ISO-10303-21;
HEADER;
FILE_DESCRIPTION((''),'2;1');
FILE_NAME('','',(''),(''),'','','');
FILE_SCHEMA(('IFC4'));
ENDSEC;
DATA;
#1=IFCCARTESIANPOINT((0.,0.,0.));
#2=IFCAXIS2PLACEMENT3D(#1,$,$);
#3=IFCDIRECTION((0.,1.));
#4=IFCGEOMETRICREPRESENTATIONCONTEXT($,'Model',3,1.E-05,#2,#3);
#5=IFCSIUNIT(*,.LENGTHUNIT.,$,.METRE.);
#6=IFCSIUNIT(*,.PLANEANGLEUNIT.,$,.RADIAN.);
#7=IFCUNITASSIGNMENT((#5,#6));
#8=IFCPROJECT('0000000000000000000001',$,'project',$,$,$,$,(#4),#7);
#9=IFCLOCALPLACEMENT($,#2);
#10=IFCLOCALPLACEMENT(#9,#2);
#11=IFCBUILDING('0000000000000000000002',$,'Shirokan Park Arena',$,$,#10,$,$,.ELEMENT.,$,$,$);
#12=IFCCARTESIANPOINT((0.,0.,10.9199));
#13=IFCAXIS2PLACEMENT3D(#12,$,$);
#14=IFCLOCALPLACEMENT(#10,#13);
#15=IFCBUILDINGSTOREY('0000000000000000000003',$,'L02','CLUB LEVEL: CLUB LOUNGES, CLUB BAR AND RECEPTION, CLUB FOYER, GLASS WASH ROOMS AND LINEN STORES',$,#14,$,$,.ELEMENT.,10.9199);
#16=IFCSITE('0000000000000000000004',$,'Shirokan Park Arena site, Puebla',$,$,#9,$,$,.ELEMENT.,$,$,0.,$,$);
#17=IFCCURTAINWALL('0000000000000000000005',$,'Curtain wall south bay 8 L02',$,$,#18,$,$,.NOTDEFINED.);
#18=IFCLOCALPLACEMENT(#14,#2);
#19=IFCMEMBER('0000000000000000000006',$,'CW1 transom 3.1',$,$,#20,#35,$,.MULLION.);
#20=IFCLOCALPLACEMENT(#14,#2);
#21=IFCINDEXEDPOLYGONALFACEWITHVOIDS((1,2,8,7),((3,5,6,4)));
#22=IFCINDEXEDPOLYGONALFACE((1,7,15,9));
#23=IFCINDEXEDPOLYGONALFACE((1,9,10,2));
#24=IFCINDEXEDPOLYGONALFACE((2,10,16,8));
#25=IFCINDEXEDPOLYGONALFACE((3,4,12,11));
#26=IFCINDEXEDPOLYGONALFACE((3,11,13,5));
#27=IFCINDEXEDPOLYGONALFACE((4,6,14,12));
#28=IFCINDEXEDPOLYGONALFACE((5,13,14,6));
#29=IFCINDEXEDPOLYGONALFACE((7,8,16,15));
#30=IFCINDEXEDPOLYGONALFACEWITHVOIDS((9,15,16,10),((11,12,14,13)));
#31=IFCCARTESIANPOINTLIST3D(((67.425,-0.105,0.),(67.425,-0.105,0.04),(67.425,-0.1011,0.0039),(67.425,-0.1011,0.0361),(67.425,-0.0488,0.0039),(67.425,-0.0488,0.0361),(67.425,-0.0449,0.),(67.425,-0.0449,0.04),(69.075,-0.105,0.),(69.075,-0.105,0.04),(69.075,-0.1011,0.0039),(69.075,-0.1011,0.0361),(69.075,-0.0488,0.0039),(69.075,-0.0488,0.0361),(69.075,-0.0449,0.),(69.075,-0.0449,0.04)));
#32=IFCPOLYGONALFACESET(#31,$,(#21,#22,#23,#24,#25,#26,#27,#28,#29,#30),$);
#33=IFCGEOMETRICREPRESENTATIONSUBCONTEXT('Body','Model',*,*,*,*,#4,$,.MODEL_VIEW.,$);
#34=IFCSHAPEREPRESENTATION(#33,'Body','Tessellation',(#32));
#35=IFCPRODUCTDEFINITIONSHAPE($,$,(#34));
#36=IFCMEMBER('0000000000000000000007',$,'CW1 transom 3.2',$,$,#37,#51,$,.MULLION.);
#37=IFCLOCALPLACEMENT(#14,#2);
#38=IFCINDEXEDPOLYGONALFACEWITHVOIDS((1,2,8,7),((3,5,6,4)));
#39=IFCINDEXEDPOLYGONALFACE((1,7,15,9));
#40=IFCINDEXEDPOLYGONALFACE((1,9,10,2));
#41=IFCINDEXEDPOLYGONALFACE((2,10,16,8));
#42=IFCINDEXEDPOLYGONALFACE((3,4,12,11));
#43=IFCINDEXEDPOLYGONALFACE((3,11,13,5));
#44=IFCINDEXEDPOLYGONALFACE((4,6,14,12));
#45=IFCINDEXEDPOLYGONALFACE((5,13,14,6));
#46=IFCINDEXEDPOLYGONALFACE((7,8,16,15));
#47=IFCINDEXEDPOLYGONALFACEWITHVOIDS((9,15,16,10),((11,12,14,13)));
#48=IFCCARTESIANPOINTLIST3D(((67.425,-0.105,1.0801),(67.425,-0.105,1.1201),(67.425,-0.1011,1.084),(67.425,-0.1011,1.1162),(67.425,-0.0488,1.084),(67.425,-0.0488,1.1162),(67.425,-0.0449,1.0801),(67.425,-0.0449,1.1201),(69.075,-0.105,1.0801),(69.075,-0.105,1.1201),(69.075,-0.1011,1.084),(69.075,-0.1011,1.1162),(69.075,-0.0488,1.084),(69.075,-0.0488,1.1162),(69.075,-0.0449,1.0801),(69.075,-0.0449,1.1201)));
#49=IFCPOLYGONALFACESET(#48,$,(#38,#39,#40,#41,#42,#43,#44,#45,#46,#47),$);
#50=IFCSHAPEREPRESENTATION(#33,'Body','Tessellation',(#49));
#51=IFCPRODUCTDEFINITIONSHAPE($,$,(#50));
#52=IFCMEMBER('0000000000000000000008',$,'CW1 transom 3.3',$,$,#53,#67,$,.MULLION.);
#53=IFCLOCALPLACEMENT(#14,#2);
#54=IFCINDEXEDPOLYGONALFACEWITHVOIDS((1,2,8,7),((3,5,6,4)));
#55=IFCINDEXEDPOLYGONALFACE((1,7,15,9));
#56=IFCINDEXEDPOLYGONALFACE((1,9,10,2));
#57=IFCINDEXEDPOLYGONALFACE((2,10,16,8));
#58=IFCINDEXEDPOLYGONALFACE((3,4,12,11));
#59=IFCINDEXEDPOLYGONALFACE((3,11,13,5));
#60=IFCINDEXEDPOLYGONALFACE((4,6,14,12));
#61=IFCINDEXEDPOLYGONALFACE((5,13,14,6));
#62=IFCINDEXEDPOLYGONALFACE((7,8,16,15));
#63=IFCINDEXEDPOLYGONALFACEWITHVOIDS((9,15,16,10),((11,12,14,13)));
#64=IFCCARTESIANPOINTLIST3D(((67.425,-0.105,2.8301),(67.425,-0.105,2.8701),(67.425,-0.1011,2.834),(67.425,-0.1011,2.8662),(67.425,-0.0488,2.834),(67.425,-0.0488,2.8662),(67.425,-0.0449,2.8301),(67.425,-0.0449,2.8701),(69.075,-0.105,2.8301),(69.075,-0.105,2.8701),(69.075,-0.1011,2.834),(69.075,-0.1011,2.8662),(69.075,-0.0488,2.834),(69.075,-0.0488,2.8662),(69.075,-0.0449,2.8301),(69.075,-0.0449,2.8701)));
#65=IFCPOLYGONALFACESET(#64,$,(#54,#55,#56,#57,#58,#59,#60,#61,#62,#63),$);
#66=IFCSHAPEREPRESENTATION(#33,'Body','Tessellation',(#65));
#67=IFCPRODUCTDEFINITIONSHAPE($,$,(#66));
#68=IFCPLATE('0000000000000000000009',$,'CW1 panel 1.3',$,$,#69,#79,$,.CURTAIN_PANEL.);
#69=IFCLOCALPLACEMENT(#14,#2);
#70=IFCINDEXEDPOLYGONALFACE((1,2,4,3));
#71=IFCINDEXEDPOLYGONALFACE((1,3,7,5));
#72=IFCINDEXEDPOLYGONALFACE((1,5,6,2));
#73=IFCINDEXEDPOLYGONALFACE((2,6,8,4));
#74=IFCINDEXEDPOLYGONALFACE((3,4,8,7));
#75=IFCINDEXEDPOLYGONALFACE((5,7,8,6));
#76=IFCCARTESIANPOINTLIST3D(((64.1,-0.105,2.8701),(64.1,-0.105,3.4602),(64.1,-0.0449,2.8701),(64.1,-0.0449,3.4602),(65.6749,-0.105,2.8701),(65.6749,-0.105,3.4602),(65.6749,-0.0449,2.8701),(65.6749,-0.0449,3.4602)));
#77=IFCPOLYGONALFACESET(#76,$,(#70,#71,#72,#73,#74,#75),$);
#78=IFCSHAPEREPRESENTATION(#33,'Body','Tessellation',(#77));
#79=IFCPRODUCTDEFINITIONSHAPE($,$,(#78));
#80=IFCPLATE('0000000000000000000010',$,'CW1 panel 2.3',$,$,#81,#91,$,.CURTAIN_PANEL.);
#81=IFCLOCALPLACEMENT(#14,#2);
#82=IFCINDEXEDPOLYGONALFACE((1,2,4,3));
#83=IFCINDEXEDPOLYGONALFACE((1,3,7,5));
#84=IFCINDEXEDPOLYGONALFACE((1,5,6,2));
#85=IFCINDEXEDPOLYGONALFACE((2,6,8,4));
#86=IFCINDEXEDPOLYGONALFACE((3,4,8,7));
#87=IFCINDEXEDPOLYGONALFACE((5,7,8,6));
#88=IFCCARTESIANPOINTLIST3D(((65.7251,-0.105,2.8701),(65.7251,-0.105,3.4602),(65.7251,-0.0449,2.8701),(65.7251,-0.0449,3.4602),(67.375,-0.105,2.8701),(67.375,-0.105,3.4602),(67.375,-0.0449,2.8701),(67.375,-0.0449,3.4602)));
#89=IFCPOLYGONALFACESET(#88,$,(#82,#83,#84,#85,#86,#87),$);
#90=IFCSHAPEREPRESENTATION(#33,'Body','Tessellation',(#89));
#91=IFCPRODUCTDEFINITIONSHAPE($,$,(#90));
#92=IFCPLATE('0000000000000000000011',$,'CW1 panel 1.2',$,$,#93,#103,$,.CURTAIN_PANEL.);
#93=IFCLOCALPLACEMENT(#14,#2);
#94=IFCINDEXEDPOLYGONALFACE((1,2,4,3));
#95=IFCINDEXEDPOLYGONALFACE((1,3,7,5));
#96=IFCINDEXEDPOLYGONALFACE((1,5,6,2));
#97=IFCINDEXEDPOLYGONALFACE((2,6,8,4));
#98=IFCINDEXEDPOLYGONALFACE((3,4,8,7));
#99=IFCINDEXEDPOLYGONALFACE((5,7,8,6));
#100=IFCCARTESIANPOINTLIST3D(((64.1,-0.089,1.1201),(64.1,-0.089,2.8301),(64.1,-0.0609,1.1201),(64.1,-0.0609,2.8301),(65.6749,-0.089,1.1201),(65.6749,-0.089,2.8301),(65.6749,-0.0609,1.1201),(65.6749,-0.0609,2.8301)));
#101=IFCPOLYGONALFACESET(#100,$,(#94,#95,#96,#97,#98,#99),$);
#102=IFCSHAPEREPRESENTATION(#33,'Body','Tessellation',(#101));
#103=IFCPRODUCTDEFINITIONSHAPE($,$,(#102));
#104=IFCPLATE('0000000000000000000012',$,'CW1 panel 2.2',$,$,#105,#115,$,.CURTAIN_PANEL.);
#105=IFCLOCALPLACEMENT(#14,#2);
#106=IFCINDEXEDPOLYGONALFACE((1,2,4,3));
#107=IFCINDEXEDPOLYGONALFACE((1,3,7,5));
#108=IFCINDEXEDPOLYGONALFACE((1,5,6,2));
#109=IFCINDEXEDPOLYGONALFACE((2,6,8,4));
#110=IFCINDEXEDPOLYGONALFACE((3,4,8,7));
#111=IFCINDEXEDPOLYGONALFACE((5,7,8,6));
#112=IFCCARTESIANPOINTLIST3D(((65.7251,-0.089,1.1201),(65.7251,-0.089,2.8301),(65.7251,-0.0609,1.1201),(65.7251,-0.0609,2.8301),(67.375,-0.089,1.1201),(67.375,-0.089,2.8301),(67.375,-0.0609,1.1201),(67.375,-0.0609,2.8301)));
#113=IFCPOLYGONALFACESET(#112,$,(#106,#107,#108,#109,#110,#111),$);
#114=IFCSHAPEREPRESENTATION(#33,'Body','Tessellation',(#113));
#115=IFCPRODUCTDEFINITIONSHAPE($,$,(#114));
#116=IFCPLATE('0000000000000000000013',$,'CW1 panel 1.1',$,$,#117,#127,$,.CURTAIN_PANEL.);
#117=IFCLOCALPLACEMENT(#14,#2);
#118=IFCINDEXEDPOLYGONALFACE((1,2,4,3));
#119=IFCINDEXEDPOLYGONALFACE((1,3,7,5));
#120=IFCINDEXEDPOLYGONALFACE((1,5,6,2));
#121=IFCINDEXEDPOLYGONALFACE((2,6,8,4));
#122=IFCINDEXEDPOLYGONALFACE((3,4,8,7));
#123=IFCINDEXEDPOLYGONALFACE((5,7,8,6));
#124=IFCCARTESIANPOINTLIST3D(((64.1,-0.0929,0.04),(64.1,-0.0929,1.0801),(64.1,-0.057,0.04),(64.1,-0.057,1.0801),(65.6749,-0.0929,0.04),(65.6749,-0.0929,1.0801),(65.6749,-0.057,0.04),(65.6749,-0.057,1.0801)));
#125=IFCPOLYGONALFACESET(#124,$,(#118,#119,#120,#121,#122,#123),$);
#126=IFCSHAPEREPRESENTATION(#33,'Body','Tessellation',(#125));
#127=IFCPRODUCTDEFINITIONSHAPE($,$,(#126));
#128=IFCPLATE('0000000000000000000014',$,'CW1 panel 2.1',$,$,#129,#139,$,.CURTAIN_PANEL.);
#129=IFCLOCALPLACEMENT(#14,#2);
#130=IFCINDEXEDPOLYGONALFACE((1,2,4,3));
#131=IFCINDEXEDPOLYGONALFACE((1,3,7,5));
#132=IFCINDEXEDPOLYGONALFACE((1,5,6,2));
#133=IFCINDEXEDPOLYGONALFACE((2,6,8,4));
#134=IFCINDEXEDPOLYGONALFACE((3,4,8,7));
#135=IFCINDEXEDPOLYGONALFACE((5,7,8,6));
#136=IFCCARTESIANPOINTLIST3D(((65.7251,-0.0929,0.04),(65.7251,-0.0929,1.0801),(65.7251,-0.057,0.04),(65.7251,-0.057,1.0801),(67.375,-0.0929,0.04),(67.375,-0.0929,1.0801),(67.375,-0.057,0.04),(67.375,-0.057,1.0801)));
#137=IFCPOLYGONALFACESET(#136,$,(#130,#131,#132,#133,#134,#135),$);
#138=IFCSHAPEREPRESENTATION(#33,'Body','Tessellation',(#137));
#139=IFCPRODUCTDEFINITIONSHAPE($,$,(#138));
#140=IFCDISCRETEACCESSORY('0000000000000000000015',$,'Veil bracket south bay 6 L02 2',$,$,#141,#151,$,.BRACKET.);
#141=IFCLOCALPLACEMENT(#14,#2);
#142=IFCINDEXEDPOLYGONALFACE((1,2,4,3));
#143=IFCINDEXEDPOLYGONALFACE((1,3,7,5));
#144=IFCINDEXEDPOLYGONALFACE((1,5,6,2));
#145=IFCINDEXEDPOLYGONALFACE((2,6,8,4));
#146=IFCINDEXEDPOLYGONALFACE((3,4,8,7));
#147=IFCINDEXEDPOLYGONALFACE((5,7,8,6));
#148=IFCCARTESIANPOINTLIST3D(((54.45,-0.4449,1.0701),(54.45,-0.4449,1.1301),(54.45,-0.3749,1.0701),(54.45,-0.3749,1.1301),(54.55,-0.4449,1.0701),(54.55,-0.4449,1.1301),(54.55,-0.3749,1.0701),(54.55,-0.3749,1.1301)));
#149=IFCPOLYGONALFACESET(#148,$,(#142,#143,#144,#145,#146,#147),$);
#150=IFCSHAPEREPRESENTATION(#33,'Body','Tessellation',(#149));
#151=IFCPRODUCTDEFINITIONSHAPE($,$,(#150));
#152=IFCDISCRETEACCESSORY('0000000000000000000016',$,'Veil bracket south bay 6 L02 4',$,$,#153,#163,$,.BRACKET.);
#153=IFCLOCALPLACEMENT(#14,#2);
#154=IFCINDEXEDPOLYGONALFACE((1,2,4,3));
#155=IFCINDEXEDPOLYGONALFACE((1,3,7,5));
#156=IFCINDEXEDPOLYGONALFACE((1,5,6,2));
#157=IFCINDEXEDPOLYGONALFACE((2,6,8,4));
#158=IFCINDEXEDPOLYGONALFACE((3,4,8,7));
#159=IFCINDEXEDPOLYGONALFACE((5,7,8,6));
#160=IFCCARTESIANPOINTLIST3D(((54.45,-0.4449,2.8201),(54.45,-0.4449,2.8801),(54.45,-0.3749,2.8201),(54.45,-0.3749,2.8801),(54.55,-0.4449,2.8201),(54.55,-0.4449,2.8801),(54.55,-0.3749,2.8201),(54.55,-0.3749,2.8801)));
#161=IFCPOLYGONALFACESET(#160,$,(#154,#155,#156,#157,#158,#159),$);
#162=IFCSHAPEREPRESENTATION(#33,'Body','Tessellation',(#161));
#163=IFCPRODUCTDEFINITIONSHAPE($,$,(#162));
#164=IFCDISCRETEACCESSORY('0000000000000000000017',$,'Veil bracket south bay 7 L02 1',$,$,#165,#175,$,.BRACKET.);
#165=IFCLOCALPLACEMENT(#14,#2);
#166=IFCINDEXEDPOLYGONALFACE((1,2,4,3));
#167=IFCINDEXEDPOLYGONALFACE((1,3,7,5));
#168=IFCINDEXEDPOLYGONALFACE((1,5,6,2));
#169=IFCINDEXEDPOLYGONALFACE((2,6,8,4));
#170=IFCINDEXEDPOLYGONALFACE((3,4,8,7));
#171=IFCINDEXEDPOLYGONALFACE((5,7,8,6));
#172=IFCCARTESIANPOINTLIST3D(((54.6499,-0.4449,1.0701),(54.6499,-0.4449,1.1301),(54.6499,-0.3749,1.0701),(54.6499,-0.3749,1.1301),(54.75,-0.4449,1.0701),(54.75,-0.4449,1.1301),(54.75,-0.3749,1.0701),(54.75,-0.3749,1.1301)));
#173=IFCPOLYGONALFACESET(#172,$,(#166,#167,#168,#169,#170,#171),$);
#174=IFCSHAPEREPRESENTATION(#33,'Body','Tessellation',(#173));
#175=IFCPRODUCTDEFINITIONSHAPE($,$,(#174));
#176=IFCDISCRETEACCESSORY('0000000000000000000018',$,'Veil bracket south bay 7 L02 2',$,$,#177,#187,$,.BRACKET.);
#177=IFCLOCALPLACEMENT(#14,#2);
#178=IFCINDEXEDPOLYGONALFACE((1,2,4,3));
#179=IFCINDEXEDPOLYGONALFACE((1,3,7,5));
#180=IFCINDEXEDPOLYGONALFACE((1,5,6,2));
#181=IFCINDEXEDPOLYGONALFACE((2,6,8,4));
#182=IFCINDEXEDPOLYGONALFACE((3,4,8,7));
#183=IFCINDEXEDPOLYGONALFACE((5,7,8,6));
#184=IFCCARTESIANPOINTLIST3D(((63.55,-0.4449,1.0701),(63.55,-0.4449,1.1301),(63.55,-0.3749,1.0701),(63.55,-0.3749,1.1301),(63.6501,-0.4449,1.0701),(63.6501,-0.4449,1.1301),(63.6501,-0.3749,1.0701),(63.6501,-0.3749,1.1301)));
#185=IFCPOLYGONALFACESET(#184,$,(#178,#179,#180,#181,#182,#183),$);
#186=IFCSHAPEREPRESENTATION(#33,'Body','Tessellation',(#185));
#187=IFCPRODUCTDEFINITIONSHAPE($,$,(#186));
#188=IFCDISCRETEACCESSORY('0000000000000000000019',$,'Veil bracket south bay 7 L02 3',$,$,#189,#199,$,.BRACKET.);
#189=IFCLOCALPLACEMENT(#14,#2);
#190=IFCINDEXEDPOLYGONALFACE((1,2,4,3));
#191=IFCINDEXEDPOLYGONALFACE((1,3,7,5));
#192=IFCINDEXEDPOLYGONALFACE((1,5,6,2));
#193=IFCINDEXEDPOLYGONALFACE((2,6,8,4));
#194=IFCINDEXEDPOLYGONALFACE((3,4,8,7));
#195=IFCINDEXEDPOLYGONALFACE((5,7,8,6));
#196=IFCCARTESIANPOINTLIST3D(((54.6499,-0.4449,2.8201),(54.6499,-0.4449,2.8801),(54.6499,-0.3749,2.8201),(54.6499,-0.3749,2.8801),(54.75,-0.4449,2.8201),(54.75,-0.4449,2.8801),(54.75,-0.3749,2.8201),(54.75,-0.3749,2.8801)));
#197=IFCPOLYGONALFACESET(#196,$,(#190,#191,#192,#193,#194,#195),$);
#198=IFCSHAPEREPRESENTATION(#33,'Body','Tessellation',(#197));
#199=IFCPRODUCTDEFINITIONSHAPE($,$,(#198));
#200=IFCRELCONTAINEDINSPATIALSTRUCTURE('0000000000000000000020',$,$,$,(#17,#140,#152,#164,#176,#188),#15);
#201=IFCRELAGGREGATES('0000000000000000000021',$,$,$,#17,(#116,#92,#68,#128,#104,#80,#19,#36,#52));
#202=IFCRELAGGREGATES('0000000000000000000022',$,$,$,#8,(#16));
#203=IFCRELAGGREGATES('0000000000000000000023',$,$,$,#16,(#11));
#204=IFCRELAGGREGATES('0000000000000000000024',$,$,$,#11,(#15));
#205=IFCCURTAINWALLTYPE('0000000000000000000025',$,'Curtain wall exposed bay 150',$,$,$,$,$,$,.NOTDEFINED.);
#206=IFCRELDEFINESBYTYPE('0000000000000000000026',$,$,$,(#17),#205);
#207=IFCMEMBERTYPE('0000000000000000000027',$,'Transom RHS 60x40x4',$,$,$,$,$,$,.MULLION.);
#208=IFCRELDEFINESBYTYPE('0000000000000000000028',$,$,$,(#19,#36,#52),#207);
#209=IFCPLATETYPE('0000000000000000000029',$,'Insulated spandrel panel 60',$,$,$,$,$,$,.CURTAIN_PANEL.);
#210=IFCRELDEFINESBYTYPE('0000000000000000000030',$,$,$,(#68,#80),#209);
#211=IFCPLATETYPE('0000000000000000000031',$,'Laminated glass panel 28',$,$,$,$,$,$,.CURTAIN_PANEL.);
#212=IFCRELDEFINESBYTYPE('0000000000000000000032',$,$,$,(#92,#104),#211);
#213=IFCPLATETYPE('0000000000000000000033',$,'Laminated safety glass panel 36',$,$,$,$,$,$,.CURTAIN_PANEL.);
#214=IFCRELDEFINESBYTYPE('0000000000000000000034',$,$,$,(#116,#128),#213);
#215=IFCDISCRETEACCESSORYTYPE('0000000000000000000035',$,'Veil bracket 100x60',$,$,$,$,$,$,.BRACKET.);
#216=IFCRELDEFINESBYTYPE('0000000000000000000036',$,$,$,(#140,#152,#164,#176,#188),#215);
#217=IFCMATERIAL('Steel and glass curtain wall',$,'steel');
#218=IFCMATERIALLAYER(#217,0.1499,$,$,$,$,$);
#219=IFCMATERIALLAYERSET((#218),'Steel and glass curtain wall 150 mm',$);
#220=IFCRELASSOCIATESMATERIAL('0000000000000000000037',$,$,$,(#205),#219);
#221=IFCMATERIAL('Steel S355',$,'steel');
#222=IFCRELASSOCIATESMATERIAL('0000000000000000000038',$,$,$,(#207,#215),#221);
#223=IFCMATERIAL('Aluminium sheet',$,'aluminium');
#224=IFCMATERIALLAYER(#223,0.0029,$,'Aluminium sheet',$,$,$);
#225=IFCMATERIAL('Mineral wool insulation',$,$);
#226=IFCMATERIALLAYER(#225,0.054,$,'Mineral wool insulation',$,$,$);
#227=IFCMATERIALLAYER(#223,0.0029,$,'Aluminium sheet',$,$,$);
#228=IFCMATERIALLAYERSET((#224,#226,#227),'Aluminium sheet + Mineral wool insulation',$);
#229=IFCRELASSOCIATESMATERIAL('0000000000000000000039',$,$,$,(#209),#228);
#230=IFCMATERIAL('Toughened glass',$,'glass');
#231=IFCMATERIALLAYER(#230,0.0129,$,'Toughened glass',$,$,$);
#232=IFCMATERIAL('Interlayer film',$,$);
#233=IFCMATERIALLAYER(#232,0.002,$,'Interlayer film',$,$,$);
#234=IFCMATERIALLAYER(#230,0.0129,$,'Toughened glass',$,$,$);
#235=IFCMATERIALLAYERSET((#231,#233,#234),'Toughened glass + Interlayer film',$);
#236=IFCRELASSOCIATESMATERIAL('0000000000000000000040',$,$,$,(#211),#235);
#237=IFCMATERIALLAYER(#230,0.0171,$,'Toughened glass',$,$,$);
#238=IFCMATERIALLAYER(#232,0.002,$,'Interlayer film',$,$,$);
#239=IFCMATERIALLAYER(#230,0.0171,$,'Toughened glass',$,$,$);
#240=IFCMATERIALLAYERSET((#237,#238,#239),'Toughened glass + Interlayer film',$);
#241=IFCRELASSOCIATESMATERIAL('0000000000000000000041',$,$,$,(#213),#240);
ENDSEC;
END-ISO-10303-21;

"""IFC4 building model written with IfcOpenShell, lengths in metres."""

from ifc_helpers import new_model, si_unit, direction, frame, origin, origin_2d, place, context, subcontext, project, spatial, rectangle, hollow_rectangle, extrude, material, layer, layer_set, material_profile, profile_set, type_object, element, aggregate, save


model = new_model("IFC4")

# Units and contexts
model_context = context("Model", 3, precision=1e-05, world=origin(), true_north=direction((0.0, 1.0)))
body_context = subcontext(model_context, "Body", "Model", "MODEL_VIEW")
ifc_project = project(units=[si_unit("LENGTHUNIT", "METRE"), si_unit("PLANEANGLEUNIT", "RADIAN")], contexts=[model_context])

# Site, building, storey
site_placement = place(None, origin())
site = spatial("IfcSite", under=ifc_project, at=site_placement, Name="Shirokan Park Arena site, Puebla", CompositionType="ELEMENT", RefElevation=0.0)
building_placement = place(site_placement, origin())
building = spatial("IfcBuilding", under=site, at=building_placement, Name="Shirokan Park Arena", CompositionType="ELEMENT")
storey_placement = place(building_placement, frame((0.0, 0.0, 10.9199)))
storey = spatial("IfcBuildingStorey", under=building, at=storey_placement, Name="L02", Description="CLUB LEVEL: CLUB LOUNGES, CLUB BAR AND RECEPTION, CLUB FOYER, GLASS WASH ROOMS AND LINEN STORES", CompositionType="ELEMENT", Elevation=10.9199)

# Curtain wall, members, plates
ifc_material_1 = material(Name="Steel and glass curtain wall", Category="steel")
ifc_layer_1 = layer(ifc_material_1, 0.1499)
ifc_layer_set_1 = layer_set([ifc_layer_1], Name="Steel and glass curtain wall 150 mm")
curtain_wall_type = type_object("IfcCurtainWallType", Name="Curtain wall exposed bay 150", PredefinedType="NOTDEFINED", material=ifc_layer_set_1)
curtain_wall_placement = place(storey_placement, origin())
curtain_wall = element("IfcCurtainWall", 1, at=curtain_wall_placement, inside=storey, type_object=curtain_wall_type, Name="Curtain wall south bay 8 L02", PredefinedType="NOTDEFINED")
ifc_material_2 = material(Name="Steel S355", Category="steel")
ifc_material_profile_1 = material_profile(ifc_material_2, hollow_rectangle(XDim=0.0601, YDim=0.04, WallThickness=0.0039, at=origin_2d()), Name="RHS 60x40x4")
ifc_profile_set_1 = profile_set([ifc_material_profile_1], Name="Steel S355")
member_type_1 = type_object("IfcMemberType", Name="Transom RHS 60x40x4", PredefinedType="MULLION", material=ifc_profile_set_1)
member_1_placement = place(storey_placement, frame((67.425, -0.075, 0.02), z_axis=(1.0, 0.0, 0.0), x_axis=(0.0, 1.0, 0.0)))
member_1 = element("IfcMember", 2, at=member_1_placement, type_object=member_type_1, Name="CW1 transom 3.1", PredefinedType="MULLION", context=body_context, shape_type="SweptSolid", body=[
    extrude(hollow_rectangle(XDim=0.0601, YDim=0.04, WallThickness=0.0039, at=origin_2d()), origin(), (0.0, 0.0, 1.0), 1.6499),
])
member_2_placement = place(storey_placement, frame((67.425, -0.075, 1.1001), z_axis=(1.0, 0.0, 0.0), x_axis=(0.0, 1.0, 0.0)))
member_2 = element("IfcMember", 3, at=member_2_placement, type_object=member_type_1, Name="CW1 transom 3.2", PredefinedType="MULLION", context=body_context, shape_type="SweptSolid", body=[
    extrude(hollow_rectangle(XDim=0.0601, YDim=0.04, WallThickness=0.0039, at=origin_2d()), origin(), (0.0, 0.0, 1.0), 1.6499),
])
member_3_placement = place(storey_placement, frame((67.425, -0.075, 2.8501), z_axis=(1.0, 0.0, 0.0), x_axis=(0.0, 1.0, 0.0)))
member_3 = element("IfcMember", 4, at=member_3_placement, type_object=member_type_1, Name="CW1 transom 3.3", PredefinedType="MULLION", context=body_context, shape_type="SweptSolid", body=[
    extrude(hollow_rectangle(XDim=0.0601, YDim=0.04, WallThickness=0.0039, at=origin_2d()), origin(), (0.0, 0.0, 1.0), 1.6499),
])
ifc_material_3 = material(Name="Aluminium sheet", Category="aluminium")
ifc_layer_2 = layer(ifc_material_3, 0.0029, Name="Aluminium sheet")
ifc_material_4 = material(Name="Mineral wool insulation")
ifc_layer_3 = layer(ifc_material_4, 0.054, Name="Mineral wool insulation")
ifc_layer_4 = layer(ifc_material_3, 0.0029, Name="Aluminium sheet")
ifc_layer_set_2 = layer_set([ifc_layer_2, ifc_layer_3, ifc_layer_4], Name="Aluminium sheet + Mineral wool insulation")
plate_type_1 = type_object("IfcPlateType", Name="Insulated spandrel panel 60", PredefinedType="CURTAIN_PANEL", material=ifc_layer_set_2)
plate_1_placement = place(storey_placement, frame((64.8875, -0.075, 2.8701), z_axis=(0.0, 0.0, 1.0), x_axis=(1.0, 0.0, 0.0)))
plate_1 = element("IfcPlate", 5, at=plate_1_placement, type_object=plate_type_1, Name="CW1 panel 1.3", PredefinedType="CURTAIN_PANEL", context=body_context, shape_type="SweptSolid", body=[
    extrude(rectangle(XDim=1.575, YDim=0.0601, at=origin_2d()), origin(), (0.0, 0.0, 1.0), 0.5901),
])
plate_2_placement = place(storey_placement, frame((66.55, -0.075, 2.8701), z_axis=(0.0, 0.0, 1.0), x_axis=(1.0, 0.0, 0.0)))
plate_2 = element("IfcPlate", 6, at=plate_2_placement, type_object=plate_type_1, Name="CW1 panel 2.3", PredefinedType="CURTAIN_PANEL", context=body_context, shape_type="SweptSolid", body=[
    extrude(rectangle(XDim=1.6499, YDim=0.0601, at=origin_2d()), origin(), (0.0, 0.0, 1.0), 0.5901),
])
ifc_material_5 = material(Name="Toughened glass", Category="glass")
ifc_layer_5 = layer(ifc_material_5, 0.0129, Name="Toughened glass")
ifc_material_6 = material(Name="Interlayer film")
ifc_layer_6 = layer(ifc_material_6, 0.002, Name="Interlayer film")
ifc_layer_7 = layer(ifc_material_5, 0.0129, Name="Toughened glass")
ifc_layer_set_3 = layer_set([ifc_layer_5, ifc_layer_6, ifc_layer_7], Name="Toughened glass + Interlayer film")
plate_type_2 = type_object("IfcPlateType", Name="Laminated glass panel 28", PredefinedType="CURTAIN_PANEL", material=ifc_layer_set_3)
plate_3_placement = place(storey_placement, frame((64.8875, -0.075, 1.1201), z_axis=(0.0, 0.0, 1.0), x_axis=(1.0, 0.0, 0.0)))
plate_3 = element("IfcPlate", 7, at=plate_3_placement, type_object=plate_type_2, Name="CW1 panel 1.2", PredefinedType="CURTAIN_PANEL", context=body_context, shape_type="SweptSolid", body=[
    extrude(rectangle(XDim=1.575, YDim=0.0281, at=origin_2d()), origin(), (0.0, 0.0, 1.0), 1.71),
])
plate_4_placement = place(storey_placement, frame((66.55, -0.075, 1.1201), z_axis=(0.0, 0.0, 1.0), x_axis=(1.0, 0.0, 0.0)))
plate_4 = element("IfcPlate", 8, at=plate_4_placement, type_object=plate_type_2, Name="CW1 panel 2.2", PredefinedType="CURTAIN_PANEL", context=body_context, shape_type="SweptSolid", body=[
    extrude(rectangle(XDim=1.6499, YDim=0.0281, at=origin_2d()), origin(), (0.0, 0.0, 1.0), 1.71),
])
ifc_layer_8 = layer(ifc_material_5, 0.0171, Name="Toughened glass")
ifc_layer_9 = layer(ifc_material_6, 0.002, Name="Interlayer film")
ifc_layer_10 = layer(ifc_material_5, 0.0171, Name="Toughened glass")
ifc_layer_set_4 = layer_set([ifc_layer_8, ifc_layer_9, ifc_layer_10], Name="Toughened glass + Interlayer film")
plate_type_3 = type_object("IfcPlateType", Name="Laminated safety glass panel 36", PredefinedType="CURTAIN_PANEL", material=ifc_layer_set_4)
plate_5_placement = place(storey_placement, frame((64.8875, -0.075, 0.04), z_axis=(0.0, 0.0, 1.0), x_axis=(1.0, 0.0, 0.0)))
plate_5 = element("IfcPlate", 9, at=plate_5_placement, type_object=plate_type_3, Name="CW1 panel 1.1", PredefinedType="CURTAIN_PANEL", context=body_context, shape_type="SweptSolid", body=[
    extrude(rectangle(XDim=1.575, YDim=0.0359, at=origin_2d()), origin(), (0.0, 0.0, 1.0), 1.04),
])
plate_6_placement = place(storey_placement, frame((66.55, -0.075, 0.04), z_axis=(0.0, 0.0, 1.0), x_axis=(1.0, 0.0, 0.0)))
plate_6 = element("IfcPlate", 10, at=plate_6_placement, type_object=plate_type_3, Name="CW1 panel 2.1", PredefinedType="CURTAIN_PANEL", context=body_context, shape_type="SweptSolid", body=[
    extrude(rectangle(XDim=1.6499, YDim=0.0359, at=origin_2d()), origin(), (0.0, 0.0, 1.0), 1.04),
])
aggregate(curtain_wall, [plate_5, plate_3, plate_1, plate_6, plate_4, plate_2, member_1, member_2, member_3])

# Discrete accessories
discrete_accessory_type = type_object("IfcDiscreteAccessoryType", Name="Veil bracket 100x60", PredefinedType="BRACKET", material=ifc_material_2)
for number, where, z_axis, x_axis, name in (
    (11, (54.5, -0.4099, 1.0701), (0.0, 0.0, 1.0), (1.0, 0.0, 0.0), "Veil bracket south bay 6 L02 2"),
    (12, (54.5, -0.4099, 2.8201), (0.0, 0.0, 1.0), (1.0, 0.0, 0.0), "Veil bracket south bay 6 L02 4"),
    (13, (54.7, -0.4099, 1.0701), (0.0, 0.0, 1.0), (1.0, 0.0, 0.0), "Veil bracket south bay 7 L02 1"),
    (14, (63.6001, -0.4099, 1.0701), (0.0, 0.0, 1.0), (1.0, 0.0, 0.0), "Veil bracket south bay 7 L02 2"),
    (15, (54.7, -0.4099, 2.8201), (0.0, 0.0, 1.0), (1.0, 0.0, 0.0), "Veil bracket south bay 7 L02 3"),
):
    element("IfcDiscreteAccessory", number, at=place(storey_placement, frame(where, z_axis=z_axis, x_axis=x_axis)), inside=storey, type_object=discrete_accessory_type, Name=name, PredefinedType="BRACKET", context=body_context, shape_type="SweptSolid", body=[
        extrude(rectangle(XDim=0.1001, YDim=0.0701, at=origin_2d()), origin(), (0.0, 0.0, 1.0), 0.0601),
    ])

save(model, "model.ifc")
